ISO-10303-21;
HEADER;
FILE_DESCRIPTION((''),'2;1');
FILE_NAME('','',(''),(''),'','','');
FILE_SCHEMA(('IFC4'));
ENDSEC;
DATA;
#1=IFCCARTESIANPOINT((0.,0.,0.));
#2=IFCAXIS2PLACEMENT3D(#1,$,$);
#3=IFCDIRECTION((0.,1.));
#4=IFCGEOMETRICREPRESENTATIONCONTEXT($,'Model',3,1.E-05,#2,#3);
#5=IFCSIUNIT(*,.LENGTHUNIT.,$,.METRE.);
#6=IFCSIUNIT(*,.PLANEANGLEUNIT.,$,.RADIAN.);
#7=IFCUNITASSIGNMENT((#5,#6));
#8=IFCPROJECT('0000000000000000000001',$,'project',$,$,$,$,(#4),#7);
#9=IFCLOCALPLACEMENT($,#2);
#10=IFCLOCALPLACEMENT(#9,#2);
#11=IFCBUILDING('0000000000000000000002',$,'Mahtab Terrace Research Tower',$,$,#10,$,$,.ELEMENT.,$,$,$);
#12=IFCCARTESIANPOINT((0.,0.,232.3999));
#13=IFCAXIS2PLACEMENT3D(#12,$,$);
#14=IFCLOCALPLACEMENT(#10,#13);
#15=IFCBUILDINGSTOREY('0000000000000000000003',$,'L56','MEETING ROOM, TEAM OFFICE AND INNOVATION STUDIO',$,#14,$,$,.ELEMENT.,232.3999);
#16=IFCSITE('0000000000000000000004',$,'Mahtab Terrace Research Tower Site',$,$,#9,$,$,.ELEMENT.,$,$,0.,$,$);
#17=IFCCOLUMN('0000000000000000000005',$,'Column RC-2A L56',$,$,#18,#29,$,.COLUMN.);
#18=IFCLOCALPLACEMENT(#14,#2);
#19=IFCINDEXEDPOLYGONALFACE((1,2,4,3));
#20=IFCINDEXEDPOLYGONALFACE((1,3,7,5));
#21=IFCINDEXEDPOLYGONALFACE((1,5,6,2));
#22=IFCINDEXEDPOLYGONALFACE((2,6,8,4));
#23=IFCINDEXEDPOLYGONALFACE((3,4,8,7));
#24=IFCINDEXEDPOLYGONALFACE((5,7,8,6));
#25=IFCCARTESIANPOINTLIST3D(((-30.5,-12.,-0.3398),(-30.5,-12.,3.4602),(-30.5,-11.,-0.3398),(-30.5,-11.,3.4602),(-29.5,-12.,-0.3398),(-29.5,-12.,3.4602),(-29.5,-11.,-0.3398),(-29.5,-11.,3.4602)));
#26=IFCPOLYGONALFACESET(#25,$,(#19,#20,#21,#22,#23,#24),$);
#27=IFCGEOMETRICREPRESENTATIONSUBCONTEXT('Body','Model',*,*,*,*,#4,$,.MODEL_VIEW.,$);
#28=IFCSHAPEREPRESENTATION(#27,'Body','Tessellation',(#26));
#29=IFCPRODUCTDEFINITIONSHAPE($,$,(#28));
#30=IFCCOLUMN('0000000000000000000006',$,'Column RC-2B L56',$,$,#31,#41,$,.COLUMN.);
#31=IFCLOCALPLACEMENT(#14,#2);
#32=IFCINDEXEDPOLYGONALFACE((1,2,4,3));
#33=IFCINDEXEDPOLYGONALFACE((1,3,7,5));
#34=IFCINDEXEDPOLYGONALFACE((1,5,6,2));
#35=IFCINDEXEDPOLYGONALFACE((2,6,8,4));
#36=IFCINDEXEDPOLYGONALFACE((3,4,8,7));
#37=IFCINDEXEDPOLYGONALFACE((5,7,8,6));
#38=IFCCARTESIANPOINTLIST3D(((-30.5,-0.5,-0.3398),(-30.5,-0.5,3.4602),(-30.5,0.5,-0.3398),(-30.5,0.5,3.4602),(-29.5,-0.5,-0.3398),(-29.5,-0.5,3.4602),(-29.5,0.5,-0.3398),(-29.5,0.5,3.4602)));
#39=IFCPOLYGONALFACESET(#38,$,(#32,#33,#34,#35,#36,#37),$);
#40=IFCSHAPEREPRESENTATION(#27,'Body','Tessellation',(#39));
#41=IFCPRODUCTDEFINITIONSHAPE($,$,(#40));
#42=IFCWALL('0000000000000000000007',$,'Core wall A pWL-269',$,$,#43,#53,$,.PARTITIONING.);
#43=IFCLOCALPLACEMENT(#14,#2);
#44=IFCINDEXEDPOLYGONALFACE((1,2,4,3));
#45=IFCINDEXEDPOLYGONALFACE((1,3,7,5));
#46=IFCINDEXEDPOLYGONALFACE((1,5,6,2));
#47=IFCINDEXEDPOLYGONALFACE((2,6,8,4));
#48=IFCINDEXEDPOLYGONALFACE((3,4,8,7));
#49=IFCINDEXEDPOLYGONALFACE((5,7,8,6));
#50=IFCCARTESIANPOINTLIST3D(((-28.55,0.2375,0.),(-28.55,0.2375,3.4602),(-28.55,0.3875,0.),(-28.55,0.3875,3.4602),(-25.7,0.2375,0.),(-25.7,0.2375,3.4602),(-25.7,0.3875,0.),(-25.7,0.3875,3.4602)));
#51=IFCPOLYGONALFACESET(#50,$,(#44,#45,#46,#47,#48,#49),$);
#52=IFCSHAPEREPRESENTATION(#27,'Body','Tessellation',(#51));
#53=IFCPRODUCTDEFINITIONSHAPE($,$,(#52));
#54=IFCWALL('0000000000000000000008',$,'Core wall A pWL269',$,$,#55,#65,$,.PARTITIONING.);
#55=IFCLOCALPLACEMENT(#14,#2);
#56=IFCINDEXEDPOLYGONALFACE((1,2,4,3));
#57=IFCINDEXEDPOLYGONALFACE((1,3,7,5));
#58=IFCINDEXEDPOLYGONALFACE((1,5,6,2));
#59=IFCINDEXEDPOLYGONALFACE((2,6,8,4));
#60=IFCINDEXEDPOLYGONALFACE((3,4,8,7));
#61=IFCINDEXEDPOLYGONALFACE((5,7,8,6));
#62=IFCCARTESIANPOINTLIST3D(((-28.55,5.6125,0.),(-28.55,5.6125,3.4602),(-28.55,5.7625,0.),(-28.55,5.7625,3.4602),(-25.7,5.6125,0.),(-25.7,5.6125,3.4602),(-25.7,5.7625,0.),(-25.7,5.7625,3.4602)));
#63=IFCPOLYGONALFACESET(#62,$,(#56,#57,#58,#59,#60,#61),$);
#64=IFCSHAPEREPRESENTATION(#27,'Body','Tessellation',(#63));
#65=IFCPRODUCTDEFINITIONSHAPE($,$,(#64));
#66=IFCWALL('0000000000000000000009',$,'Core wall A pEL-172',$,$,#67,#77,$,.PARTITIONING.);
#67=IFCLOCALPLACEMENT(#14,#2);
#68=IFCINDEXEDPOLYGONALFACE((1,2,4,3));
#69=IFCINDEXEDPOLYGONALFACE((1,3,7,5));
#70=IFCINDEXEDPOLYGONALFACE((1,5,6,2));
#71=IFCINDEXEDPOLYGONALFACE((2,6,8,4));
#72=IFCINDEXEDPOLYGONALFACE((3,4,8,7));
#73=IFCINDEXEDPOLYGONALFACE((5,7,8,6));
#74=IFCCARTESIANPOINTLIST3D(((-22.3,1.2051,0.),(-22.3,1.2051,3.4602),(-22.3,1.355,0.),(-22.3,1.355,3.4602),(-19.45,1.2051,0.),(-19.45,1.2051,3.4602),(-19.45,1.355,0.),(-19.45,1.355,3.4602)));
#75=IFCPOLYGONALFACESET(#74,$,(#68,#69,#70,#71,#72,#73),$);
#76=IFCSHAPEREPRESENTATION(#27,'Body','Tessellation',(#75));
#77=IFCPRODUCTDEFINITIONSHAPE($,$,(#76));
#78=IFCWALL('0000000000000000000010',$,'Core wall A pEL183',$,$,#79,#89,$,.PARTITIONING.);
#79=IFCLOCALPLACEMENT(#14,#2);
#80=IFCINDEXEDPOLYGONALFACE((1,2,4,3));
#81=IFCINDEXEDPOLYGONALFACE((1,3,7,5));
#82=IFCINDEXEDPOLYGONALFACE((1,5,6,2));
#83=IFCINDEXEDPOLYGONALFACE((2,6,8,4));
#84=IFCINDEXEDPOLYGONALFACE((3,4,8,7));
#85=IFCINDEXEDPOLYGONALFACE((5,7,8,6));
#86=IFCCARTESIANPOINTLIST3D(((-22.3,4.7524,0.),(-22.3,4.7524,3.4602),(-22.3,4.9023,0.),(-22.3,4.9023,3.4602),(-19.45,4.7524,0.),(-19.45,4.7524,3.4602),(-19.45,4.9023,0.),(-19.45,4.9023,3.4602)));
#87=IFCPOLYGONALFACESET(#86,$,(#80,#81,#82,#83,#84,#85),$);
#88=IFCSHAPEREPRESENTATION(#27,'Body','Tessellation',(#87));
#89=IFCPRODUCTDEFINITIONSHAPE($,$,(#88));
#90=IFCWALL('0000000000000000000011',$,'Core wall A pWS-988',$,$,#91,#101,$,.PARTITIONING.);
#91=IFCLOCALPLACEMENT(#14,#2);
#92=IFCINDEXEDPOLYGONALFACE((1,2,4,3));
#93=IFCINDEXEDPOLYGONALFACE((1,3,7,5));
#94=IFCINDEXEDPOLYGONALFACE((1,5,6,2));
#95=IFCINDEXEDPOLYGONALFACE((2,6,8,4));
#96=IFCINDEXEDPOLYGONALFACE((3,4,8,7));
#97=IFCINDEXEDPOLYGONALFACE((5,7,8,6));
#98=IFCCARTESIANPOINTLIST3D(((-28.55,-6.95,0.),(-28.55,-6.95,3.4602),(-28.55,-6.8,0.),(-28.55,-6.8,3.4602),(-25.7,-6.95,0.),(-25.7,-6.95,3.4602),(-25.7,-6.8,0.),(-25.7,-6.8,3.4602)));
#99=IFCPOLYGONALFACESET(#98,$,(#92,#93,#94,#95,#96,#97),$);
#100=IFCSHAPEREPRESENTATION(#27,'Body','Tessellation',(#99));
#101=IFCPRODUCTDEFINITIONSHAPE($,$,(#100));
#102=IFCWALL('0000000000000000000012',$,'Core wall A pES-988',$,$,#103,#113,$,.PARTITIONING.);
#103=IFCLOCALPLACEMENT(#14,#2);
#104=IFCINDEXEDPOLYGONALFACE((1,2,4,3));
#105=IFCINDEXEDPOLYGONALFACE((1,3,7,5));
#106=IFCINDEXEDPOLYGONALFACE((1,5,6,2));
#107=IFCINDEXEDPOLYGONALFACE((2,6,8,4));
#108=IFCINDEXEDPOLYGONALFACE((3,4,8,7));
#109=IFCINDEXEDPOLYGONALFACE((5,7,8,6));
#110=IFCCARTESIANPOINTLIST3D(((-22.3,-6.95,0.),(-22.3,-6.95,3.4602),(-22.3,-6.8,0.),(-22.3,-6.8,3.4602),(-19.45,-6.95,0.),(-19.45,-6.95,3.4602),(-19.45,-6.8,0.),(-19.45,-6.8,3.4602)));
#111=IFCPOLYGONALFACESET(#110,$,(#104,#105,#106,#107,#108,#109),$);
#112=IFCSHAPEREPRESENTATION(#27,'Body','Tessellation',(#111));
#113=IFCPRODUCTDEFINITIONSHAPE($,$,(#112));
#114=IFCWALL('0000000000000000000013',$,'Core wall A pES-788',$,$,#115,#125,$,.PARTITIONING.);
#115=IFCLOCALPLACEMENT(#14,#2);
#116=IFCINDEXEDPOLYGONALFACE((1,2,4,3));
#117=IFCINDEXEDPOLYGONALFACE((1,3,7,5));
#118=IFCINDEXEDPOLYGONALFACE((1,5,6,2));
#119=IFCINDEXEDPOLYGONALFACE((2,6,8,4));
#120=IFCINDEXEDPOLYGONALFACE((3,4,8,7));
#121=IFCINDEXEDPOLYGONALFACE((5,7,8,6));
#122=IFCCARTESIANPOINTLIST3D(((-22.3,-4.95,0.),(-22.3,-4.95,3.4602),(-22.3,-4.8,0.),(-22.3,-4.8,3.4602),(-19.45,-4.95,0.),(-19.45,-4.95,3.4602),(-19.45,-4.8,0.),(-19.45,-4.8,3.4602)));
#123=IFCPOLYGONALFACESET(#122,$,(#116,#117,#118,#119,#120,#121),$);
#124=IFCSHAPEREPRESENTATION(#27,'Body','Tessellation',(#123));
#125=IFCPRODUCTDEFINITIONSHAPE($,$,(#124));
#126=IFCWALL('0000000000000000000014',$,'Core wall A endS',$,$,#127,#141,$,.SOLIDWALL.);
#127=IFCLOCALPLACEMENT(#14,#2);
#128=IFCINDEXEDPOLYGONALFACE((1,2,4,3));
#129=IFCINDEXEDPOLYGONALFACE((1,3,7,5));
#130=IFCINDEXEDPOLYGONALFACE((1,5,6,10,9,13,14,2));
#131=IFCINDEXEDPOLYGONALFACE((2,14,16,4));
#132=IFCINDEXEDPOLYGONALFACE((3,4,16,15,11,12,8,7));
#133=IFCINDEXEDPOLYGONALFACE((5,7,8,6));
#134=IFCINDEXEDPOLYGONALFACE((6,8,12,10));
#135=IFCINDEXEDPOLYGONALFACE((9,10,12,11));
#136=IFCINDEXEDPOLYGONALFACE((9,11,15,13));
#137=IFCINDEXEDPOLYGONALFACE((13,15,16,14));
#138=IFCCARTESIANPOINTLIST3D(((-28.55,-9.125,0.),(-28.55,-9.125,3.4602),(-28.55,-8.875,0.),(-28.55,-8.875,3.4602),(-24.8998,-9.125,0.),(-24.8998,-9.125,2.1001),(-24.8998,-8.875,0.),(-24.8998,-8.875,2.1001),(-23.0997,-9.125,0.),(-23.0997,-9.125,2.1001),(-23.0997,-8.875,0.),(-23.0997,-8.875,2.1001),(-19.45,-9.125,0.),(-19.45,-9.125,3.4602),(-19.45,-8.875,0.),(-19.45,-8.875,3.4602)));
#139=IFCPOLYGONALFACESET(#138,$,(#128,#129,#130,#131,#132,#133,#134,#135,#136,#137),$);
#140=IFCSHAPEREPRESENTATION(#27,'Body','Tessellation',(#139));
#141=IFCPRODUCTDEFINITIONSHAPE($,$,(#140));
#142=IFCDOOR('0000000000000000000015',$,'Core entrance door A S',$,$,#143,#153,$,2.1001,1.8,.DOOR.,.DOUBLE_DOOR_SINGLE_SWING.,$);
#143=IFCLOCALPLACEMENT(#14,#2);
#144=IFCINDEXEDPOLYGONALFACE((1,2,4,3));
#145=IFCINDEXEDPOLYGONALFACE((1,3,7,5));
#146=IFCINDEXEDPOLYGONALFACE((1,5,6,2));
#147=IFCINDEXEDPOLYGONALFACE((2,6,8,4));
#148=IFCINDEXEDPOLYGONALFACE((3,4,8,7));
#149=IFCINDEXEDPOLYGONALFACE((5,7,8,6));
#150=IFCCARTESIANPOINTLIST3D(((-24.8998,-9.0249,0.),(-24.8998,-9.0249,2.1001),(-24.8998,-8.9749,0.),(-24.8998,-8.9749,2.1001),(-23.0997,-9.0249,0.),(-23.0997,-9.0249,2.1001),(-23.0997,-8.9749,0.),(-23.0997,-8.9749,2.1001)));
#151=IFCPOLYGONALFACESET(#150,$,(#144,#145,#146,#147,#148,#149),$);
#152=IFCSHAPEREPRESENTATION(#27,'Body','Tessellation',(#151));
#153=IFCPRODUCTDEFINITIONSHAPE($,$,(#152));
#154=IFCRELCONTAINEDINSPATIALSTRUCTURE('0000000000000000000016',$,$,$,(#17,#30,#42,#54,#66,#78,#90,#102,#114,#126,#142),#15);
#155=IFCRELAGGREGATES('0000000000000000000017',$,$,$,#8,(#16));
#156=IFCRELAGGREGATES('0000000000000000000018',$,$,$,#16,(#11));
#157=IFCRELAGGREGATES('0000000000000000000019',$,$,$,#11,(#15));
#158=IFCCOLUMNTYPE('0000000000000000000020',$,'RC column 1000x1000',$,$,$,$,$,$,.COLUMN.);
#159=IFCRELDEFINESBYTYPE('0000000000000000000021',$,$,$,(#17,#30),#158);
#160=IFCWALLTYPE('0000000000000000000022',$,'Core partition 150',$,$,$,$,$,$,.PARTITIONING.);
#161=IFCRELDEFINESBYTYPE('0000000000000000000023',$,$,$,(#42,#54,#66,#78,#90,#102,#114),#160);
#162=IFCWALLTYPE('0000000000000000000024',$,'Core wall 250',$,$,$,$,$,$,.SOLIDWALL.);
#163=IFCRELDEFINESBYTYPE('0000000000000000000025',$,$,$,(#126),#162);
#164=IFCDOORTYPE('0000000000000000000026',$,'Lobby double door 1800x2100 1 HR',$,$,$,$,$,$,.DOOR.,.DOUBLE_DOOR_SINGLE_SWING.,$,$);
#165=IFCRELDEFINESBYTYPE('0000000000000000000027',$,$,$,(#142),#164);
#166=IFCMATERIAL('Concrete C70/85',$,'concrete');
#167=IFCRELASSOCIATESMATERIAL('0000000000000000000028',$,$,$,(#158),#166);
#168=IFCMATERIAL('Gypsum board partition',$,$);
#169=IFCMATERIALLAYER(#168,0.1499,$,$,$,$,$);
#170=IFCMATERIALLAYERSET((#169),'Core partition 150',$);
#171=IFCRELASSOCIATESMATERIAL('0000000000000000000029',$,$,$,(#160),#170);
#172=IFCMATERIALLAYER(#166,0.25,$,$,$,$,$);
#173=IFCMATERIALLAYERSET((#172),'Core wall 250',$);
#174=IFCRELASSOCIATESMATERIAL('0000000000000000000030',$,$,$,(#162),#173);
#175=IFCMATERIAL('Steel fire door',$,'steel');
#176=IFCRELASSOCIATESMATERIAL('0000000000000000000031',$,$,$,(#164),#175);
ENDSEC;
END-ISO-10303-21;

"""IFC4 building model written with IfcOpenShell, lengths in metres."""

from ifc_helpers import new_model, si_unit, direction, frame, frame_2d, origin, origin_2d, place, context, subcontext, project, spatial, rectangle, extrude, material, layer, layer_set, material_profile, profile_set, type_object, element, fill, save


model = new_model("IFC4")

# Units and contexts
model_context = context("Model", 3, precision=1e-05, world=origin(), true_north=direction((0.0, 1.0)))
body_context = subcontext(model_context, "Body", "Model", "MODEL_VIEW")
ifc_project = project(units=[si_unit("LENGTHUNIT", "METRE"), si_unit("PLANEANGLEUNIT", "RADIAN")], contexts=[model_context])

# Site, building, storey
site_placement = place(None, origin())
site = spatial("IfcSite", under=ifc_project, at=site_placement, Name="Mahtab Terrace Research Tower Site", CompositionType="ELEMENT", RefElevation=0.0)
building_placement = place(site_placement, origin())
building = spatial("IfcBuilding", under=site, at=building_placement, Name="Mahtab Terrace Research Tower", CompositionType="ELEMENT")
storey_placement = place(building_placement, frame((0.0, 0.0, 232.3999)))
storey = spatial("IfcBuildingStorey", under=building, at=storey_placement, Name="L56", Description="MEETING ROOM, TEAM OFFICE AND INNOVATION STUDIO", CompositionType="ELEMENT", Elevation=232.3999)

# Columns
ifc_material_1 = material(Name="Concrete C70/85", Category="concrete")
ifc_material_profile = material_profile(ifc_material_1, rectangle(XDim=1.0, YDim=1.0, at=origin_2d()), Name="RC column 1000x1000")
ifc_profile_set = profile_set([ifc_material_profile], Name="Concrete C70/85")
column_type = type_object("IfcColumnType", Name="RC column 1000x1000", PredefinedType="COLUMN", material=ifc_profile_set)
for number, where, z_axis, x_axis, name in (
    (1, (-30.0, -11.5, -0.3398), (0.0, 0.0, 1.0), (1.0, 0.0, 0.0), "Column RC-2A L56"),
    (2, (-30.0, 0.0, -0.3398), (0.0, 0.0, 1.0), (1.0, 0.0, 0.0), "Column RC-2B L56"),
):
    element("IfcColumn", number, at=place(storey_placement, frame(where, z_axis=z_axis, x_axis=x_axis)), inside=storey, type_object=column_type, Name=name, PredefinedType="COLUMN", context=body_context, shape_type="SweptSolid", body=[
        extrude(rectangle(XDim=1.0, YDim=1.0, at=origin_2d()), origin(), (0.0, 0.0, 1.0), 3.8),
    ])

# Walls
ifc_material_2 = material(Name="Gypsum board partition")
ifc_layer_1 = layer(ifc_material_2, 0.1499)
ifc_layer_set_1 = layer_set([ifc_layer_1], Name="Core partition 150")
wall_type_1 = type_object("IfcWallType", Name="Core partition 150", PredefinedType="PARTITIONING", material=ifc_layer_set_1)
for number, where, z_axis, x_axis, name in (
    (3, (-28.55, 0.3125, 0.0), (0.0, 0.0, 1.0), (1.0, 0.0, 0.0), "Core wall A pWL-269"),
    (4, (-28.55, 5.6875, 0.0), (0.0, 0.0, 1.0), (1.0, 0.0, 0.0), "Core wall A pWL269"),
    (5, (-22.3, 1.28, 0.0), (0.0, 0.0, 1.0), (1.0, 0.0, 0.0), "Core wall A pEL-172"),
    (6, (-22.3, 4.8274, 0.0), (0.0, 0.0, 1.0), (1.0, 0.0, 0.0), "Core wall A pEL183"),
    (7, (-28.55, -6.875, 0.0), (0.0, 0.0, 1.0), (1.0, 0.0, 0.0), "Core wall A pWS-988"),
    (8, (-22.3, -6.875, 0.0), (0.0, 0.0, 1.0), (1.0, 0.0, 0.0), "Core wall A pES-988"),
    (9, (-22.3, -4.875, 0.0), (0.0, 0.0, 1.0), (1.0, 0.0, 0.0), "Core wall A pES-788"),
):
    element("IfcWall", number, at=place(storey_placement, frame(where, z_axis=z_axis, x_axis=x_axis)), inside=storey, type_object=wall_type_1, Name=name, PredefinedType="PARTITIONING", context=body_context, shape_type="SweptSolid", body=[
        extrude(rectangle(XDim=2.8501, YDim=0.1499, at=frame_2d((1.425, 0.0))), origin(), (0.0, 0.0, 1.0), 3.4602),
    ])

# Wall, opening, door
ifc_layer_2 = layer(ifc_material_1, 0.25)
ifc_layer_set_2 = layer_set([ifc_layer_2], Name="Core wall 250")
wall_type_2 = type_object("IfcWallType", Name="Core wall 250", PredefinedType="SOLIDWALL", material=ifc_layer_set_2)
wall_1_placement = place(storey_placement, frame((-19.45, -9.0, 0.0), z_axis=(0.0, 0.0, 1.0), x_axis=(-1.0, 0.0, 0.0)))
wall_1 = element("IfcWall", 10, at=wall_1_placement, inside=storey, type_object=wall_type_2, Name="Core wall A endS", PredefinedType="SOLIDWALL", context=body_context, shape_type="SweptSolid", body=[
    extrude(rectangle(XDim=9.1001, YDim=0.25, at=frame_2d((4.55, 0.0))), origin(), (0.0, 0.0, 1.0), 3.4602),
])
opening_1_placement = place(wall_1_placement, frame((3.6499, 0.0, 0.0)))
opening_1 = element("IfcOpeningElement", 11, at=opening_1_placement, cuts=wall_1, PredefinedType="OPENING", context=body_context, shape_type="SweptSolid", body=[
    extrude(rectangle(XDim=1.8, YDim=2.1001, at=frame_2d((0.8999, 1.05))), frame((0.0, 0.135, 0.0), z_axis=(0.0, -1.0, 0.0), x_axis=(1.0, 0.0, 0.0)), (0.0, 0.0, 1.0), 0.27),
])
ifc_material_3 = material(Name="Steel fire door", Category="steel")
door_type_1 = type_object("IfcDoorType", Name="Lobby double door 1800x2100 1 HR", OperationType="DOUBLE_DOOR_SINGLE_SWING", PredefinedType="DOOR", material=ifc_material_3)
door_1_placement = place(opening_1_placement, origin())
door_1 = element("IfcDoor", 12, at=door_1_placement, inside=storey, type_object=door_type_1, Name="Core entrance door A S", OperationType="DOUBLE_DOOR_SINGLE_SWING", OverallHeight=2.1001, OverallWidth=1.8, PredefinedType="DOOR", context=body_context, shape_type="SweptSolid", body=[
    extrude(rectangle(XDim=1.8, YDim=2.1001, at=frame_2d((0.8999, 1.05))), frame((0.0, 0.0249, 0.0), z_axis=(0.0, -1.0, 0.0), x_axis=(1.0, 0.0, 0.0)), (0.0, 0.0, 1.0), 0.05),
])
fill(opening_1, door_1)

save(model, "model.ifc")
